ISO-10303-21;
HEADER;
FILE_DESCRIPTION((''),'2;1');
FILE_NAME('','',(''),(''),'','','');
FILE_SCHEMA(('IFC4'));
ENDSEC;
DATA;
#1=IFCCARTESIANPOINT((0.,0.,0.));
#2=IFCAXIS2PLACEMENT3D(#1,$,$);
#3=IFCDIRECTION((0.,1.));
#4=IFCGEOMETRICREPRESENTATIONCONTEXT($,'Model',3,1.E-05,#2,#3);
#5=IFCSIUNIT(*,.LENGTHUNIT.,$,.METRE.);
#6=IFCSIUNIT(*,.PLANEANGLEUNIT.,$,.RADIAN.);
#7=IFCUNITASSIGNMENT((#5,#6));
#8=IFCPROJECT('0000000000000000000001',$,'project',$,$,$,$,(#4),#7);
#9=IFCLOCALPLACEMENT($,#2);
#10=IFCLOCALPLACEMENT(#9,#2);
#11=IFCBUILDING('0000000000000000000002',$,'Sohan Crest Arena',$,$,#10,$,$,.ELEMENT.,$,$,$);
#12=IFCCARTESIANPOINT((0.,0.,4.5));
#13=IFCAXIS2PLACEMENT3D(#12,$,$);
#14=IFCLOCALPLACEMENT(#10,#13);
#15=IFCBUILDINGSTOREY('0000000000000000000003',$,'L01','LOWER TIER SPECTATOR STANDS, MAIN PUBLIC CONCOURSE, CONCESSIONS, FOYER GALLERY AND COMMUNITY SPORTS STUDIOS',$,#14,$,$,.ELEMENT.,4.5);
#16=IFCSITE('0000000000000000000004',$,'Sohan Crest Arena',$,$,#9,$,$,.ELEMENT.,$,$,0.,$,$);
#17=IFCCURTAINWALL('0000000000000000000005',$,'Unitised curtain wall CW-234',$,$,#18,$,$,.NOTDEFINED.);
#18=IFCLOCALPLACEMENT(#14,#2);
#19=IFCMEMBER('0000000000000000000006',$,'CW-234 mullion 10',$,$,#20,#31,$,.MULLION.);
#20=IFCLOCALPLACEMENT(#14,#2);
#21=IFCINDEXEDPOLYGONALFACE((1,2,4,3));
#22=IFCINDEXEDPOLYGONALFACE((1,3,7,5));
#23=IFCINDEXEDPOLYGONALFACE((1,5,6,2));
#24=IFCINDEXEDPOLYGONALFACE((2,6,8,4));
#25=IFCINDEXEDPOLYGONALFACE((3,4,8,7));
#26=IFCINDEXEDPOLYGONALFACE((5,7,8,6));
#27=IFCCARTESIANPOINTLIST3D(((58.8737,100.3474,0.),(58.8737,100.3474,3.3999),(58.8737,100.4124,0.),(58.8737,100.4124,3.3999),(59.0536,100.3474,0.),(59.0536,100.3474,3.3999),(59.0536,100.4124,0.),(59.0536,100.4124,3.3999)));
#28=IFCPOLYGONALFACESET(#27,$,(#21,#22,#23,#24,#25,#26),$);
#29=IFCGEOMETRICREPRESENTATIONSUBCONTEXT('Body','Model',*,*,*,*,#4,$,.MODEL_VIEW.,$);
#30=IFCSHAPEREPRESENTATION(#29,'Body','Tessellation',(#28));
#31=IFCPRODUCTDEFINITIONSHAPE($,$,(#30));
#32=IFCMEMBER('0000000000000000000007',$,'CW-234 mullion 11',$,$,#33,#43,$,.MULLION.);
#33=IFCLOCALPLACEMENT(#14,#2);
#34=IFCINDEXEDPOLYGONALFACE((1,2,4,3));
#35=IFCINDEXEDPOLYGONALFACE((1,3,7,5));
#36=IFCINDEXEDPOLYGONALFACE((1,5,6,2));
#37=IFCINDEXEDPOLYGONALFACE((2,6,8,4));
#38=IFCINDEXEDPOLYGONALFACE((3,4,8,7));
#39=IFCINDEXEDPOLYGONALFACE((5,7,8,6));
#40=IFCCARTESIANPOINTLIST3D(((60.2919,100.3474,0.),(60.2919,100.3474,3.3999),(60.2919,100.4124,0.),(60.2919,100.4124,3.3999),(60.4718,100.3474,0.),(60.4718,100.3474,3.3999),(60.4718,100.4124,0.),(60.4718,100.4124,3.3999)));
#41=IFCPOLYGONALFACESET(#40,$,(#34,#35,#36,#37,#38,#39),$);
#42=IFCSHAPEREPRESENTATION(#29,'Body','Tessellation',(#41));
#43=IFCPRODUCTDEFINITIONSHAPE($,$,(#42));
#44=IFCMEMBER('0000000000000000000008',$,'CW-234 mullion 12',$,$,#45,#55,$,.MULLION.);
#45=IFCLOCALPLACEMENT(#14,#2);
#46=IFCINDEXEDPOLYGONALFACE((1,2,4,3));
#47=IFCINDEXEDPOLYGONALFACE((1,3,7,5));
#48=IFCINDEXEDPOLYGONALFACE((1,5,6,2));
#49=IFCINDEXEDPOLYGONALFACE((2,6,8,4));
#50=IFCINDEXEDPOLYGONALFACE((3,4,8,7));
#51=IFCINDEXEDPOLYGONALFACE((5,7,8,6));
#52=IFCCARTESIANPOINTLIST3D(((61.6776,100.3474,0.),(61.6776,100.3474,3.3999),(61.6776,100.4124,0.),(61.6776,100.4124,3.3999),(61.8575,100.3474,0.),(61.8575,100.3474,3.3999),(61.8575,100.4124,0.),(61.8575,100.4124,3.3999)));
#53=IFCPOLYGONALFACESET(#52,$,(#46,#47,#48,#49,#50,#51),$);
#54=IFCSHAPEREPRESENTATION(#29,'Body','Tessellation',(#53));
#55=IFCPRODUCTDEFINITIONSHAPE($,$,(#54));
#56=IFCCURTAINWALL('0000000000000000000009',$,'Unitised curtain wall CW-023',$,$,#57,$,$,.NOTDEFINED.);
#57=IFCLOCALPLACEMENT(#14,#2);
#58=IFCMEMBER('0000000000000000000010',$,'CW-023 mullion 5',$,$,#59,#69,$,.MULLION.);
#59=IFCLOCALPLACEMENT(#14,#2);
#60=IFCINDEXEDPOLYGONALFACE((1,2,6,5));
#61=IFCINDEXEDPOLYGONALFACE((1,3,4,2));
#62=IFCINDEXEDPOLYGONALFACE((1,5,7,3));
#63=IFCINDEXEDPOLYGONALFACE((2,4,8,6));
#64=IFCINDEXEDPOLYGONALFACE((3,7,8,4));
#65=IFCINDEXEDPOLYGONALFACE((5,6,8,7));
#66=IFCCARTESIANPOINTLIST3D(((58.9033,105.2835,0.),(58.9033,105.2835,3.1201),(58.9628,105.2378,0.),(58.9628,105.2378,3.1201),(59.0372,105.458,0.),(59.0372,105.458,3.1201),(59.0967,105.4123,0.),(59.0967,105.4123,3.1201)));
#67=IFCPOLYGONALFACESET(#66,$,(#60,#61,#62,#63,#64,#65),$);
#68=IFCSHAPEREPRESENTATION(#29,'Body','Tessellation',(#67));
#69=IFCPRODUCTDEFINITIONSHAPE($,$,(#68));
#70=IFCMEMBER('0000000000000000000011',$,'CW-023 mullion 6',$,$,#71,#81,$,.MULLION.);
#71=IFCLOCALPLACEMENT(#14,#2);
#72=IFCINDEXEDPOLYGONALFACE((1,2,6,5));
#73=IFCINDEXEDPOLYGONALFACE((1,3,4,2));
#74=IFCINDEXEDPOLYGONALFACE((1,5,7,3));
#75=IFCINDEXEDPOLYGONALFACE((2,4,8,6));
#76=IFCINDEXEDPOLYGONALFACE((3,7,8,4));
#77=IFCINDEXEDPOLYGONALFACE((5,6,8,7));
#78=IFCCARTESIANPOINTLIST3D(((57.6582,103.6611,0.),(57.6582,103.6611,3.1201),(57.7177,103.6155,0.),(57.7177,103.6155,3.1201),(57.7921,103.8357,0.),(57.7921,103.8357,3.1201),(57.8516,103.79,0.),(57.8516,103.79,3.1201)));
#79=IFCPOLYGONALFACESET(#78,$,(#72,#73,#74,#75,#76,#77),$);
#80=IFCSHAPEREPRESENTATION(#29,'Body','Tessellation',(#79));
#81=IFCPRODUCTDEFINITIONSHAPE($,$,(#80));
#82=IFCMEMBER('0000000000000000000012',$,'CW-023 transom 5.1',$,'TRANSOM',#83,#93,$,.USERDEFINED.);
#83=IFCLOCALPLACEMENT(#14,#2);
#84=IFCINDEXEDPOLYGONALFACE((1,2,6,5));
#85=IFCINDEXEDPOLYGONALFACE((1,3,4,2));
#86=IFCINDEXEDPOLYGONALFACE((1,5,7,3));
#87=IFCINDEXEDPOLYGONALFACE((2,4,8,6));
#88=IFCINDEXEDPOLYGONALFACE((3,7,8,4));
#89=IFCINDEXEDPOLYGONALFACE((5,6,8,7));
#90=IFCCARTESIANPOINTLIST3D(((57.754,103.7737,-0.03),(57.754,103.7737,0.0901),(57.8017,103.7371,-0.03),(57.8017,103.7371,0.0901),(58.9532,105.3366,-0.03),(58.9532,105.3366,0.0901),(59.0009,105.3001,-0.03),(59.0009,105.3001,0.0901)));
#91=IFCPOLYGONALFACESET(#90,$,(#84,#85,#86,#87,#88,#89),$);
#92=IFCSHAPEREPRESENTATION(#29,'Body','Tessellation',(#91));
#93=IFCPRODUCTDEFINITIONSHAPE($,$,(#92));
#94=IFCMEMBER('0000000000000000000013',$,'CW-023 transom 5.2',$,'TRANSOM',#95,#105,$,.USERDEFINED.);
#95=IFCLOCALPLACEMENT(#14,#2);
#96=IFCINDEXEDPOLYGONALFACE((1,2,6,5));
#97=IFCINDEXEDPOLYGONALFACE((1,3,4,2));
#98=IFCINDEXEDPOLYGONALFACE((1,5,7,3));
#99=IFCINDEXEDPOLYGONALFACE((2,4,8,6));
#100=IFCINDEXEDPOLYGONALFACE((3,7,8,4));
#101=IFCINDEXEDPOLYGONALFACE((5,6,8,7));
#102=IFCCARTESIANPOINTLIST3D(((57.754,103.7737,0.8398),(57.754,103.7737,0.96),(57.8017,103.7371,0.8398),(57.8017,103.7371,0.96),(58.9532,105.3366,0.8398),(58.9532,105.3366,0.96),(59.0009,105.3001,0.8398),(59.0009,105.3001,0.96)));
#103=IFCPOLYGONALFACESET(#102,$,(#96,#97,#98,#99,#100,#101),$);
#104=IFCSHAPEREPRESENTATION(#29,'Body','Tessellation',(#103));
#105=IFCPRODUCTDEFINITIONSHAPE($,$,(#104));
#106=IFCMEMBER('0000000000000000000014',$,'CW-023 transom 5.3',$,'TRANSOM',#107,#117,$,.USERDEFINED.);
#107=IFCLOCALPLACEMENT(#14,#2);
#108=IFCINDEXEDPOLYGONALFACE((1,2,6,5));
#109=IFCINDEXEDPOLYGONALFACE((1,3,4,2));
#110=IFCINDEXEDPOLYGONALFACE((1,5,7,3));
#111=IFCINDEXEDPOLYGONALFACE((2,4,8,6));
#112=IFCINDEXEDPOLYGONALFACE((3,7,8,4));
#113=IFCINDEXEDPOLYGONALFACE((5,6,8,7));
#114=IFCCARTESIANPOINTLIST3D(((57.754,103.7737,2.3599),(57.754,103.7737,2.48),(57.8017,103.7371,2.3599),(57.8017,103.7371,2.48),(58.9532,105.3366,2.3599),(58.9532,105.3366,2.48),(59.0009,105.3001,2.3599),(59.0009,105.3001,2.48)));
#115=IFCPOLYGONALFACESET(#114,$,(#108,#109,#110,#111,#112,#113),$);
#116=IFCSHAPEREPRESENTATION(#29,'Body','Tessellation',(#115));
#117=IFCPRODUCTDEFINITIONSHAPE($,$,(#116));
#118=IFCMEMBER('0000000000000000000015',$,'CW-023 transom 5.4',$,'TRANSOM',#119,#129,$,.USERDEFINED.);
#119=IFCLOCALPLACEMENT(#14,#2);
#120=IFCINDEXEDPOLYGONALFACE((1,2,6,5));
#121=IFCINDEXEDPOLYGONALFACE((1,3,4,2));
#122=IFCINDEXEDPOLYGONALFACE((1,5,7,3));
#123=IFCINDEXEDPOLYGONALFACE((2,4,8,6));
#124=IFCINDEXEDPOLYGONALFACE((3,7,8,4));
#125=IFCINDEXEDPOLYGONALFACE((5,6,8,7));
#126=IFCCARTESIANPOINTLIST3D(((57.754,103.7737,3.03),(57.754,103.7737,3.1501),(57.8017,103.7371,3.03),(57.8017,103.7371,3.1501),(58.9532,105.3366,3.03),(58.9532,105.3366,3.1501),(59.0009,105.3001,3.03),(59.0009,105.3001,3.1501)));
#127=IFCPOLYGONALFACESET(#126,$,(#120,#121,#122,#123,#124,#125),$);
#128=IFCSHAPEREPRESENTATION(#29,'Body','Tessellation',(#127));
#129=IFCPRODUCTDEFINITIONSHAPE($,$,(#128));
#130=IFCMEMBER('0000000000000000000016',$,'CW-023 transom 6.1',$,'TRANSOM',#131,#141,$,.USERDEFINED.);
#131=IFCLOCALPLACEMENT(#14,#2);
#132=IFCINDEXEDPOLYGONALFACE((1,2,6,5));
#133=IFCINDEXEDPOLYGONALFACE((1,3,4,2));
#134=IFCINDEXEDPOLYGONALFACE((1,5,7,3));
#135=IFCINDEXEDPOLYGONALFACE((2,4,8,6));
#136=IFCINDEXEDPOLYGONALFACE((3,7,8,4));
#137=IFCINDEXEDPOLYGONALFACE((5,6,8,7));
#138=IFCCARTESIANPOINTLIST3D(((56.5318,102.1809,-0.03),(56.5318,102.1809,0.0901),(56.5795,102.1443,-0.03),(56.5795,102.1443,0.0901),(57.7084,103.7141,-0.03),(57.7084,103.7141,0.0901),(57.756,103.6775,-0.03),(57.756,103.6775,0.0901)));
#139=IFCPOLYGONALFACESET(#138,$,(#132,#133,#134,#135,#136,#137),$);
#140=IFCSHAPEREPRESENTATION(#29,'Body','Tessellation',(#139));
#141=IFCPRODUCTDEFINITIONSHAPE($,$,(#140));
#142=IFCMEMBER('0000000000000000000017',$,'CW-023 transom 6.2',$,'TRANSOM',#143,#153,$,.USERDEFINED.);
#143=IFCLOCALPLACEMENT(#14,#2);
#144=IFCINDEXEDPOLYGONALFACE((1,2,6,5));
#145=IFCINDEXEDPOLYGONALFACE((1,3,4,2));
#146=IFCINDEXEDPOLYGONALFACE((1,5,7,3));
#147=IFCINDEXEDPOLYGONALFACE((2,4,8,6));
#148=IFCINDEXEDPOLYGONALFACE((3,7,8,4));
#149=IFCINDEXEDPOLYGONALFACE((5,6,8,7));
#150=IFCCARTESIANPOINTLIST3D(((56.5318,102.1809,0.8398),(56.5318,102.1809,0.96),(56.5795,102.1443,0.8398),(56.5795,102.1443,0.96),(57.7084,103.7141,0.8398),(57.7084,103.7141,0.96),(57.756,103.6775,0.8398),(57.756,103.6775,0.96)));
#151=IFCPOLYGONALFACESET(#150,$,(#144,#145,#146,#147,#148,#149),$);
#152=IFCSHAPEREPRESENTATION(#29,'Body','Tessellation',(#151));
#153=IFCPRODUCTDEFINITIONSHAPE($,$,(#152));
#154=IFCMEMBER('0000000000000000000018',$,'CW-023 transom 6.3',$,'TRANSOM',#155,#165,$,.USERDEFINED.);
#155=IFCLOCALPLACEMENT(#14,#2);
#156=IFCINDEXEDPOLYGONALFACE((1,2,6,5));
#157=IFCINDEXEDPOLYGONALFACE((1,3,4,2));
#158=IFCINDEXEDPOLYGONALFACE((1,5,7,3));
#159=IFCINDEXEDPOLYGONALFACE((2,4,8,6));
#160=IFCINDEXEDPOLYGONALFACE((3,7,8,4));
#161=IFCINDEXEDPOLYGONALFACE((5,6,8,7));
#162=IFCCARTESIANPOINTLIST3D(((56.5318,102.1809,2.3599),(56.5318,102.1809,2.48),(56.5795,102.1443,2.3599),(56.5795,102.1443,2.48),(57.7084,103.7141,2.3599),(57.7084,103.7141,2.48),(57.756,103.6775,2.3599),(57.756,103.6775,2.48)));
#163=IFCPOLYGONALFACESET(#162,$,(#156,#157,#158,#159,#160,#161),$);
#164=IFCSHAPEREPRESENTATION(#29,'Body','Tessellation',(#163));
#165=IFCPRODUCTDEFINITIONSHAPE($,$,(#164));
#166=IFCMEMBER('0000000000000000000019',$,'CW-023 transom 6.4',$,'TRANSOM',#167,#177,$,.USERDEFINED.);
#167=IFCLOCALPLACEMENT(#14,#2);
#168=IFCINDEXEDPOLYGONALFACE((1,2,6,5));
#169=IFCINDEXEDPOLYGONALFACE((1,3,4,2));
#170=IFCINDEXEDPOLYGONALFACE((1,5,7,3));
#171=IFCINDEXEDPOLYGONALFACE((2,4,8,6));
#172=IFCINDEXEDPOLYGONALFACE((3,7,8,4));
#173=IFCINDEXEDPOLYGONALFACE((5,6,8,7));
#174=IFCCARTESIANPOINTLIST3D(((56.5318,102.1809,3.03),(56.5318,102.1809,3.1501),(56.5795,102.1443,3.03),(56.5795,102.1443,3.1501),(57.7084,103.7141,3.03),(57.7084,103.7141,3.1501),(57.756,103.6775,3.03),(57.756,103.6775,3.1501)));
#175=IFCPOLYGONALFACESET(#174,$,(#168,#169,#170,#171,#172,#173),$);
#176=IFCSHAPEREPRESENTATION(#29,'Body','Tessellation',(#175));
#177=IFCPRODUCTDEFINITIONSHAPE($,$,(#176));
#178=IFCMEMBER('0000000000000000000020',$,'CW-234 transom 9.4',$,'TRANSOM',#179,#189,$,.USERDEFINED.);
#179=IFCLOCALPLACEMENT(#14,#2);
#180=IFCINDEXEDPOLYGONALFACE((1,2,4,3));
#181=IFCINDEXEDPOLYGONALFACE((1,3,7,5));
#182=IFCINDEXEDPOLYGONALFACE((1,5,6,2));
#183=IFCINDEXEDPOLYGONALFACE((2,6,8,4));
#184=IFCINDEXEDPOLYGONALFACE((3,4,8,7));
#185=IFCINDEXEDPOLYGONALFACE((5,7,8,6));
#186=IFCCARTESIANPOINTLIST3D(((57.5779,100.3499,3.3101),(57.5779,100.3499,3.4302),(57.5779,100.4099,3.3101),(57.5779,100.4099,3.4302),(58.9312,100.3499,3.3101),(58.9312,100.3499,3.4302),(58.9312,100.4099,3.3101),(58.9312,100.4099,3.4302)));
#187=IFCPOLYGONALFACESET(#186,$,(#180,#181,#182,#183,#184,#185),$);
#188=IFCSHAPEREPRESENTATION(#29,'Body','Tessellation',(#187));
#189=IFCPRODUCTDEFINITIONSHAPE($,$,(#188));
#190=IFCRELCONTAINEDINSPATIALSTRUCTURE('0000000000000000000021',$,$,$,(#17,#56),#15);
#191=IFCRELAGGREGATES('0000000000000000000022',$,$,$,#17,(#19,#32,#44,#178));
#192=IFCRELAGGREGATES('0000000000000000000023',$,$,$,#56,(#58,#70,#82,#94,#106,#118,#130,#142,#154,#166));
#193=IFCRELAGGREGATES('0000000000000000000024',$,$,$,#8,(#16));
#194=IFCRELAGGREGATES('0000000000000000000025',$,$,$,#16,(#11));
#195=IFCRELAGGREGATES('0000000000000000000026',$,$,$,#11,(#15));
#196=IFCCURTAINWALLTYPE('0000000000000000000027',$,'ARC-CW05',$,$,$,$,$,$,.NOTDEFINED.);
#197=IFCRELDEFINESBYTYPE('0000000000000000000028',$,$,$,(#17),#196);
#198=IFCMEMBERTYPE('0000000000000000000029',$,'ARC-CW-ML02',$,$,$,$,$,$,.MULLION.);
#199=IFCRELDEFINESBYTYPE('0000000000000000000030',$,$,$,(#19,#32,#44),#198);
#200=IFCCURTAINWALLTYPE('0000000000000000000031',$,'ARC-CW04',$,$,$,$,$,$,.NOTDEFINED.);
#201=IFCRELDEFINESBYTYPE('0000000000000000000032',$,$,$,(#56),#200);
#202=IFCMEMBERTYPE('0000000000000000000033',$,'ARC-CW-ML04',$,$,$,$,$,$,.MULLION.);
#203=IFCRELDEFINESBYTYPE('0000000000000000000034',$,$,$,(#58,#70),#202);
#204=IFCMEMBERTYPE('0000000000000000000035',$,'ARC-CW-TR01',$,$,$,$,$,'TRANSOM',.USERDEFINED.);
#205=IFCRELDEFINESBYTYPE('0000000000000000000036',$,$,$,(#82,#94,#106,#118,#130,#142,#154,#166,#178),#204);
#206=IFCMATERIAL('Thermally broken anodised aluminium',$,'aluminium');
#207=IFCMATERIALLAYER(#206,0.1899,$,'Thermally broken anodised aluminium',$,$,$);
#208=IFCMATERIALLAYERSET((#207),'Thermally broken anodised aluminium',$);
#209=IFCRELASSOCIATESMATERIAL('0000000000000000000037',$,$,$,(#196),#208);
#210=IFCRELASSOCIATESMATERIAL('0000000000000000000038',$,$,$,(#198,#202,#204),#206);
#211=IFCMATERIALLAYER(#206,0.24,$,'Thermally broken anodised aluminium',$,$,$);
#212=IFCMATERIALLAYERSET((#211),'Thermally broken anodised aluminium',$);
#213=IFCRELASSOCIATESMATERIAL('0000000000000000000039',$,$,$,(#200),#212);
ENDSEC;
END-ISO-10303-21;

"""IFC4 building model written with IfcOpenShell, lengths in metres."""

from ifc_helpers import new_model, si_unit, direction, frame, origin, origin_2d, place, context, subcontext, project, spatial, rectangle, extrude, material, layer, layer_set, material_profile, profile_set, type_object, element, aggregate, save


model = new_model("IFC4")

# Units and contexts
model_context = context("Model", 3, precision=1e-05, world=origin(), true_north=direction((0.0, 1.0)))
body_context = subcontext(model_context, "Body", "Model", "MODEL_VIEW")
ifc_project = project(units=[si_unit("LENGTHUNIT", "METRE"), si_unit("PLANEANGLEUNIT", "RADIAN")], contexts=[model_context])

# Site, building, storey
site_placement = place(None, origin())
site = spatial("IfcSite", under=ifc_project, at=site_placement, Name="Sohan Crest Arena", CompositionType="ELEMENT", RefElevation=0.0)
building_placement = place(site_placement, origin())
building = spatial("IfcBuilding", under=site, at=building_placement, Name="Sohan Crest Arena", CompositionType="ELEMENT")
storey_placement = place(building_placement, frame((0.0, 0.0, 4.5)))
storey = spatial("IfcBuildingStorey", under=building, at=storey_placement, Name="L01", Description="LOWER TIER SPECTATOR STANDS, MAIN PUBLIC CONCOURSE, CONCESSIONS, FOYER GALLERY AND COMMUNITY SPORTS STUDIOS", CompositionType="ELEMENT", Elevation=4.5)

# Curtain walls, members
ifc_material_1 = material(Name="Thermally broken anodised aluminium", Category="aluminium")
ifc_layer_1 = layer(ifc_material_1, 0.1899, Name="Thermally broken anodised aluminium")
ifc_layer_set_1 = layer_set([ifc_layer_1], Name="Thermally broken anodised aluminium")
curtain_wall_type_1 = type_object("IfcCurtainWallType", Name="ARC-CW05", PredefinedType="NOTDEFINED", material=ifc_layer_set_1)
curtain_wall_1_placement = place(storey_placement, origin())
curtain_wall_1 = element("IfcCurtainWall", 1, at=curtain_wall_1_placement, inside=storey, type_object=curtain_wall_type_1, Name="Unitised curtain wall CW-234", PredefinedType="NOTDEFINED")
ifc_material_profile_1 = material_profile(ifc_material_1, rectangle(XDim=0.0649, YDim=0.1799, at=origin_2d()), Name="ALU-MULL 65x180")
ifc_profile_set_1 = profile_set([ifc_material_profile_1], Name="Thermally broken anodised aluminium")
member_type_1 = type_object("IfcMemberType", Name="ARC-CW-ML02", PredefinedType="MULLION", material=ifc_profile_set_1)
member_1_placement = place(storey_placement, frame((58.9636, 100.3799, 0.0), z_axis=(0.0, 0.0, 1.0), x_axis=(0.0, 1.0, 0.0)))
member_1 = element("IfcMember", 2, at=member_1_placement, type_object=member_type_1, Name="CW-234 mullion 10", PredefinedType="MULLION", context=body_context, shape_type="SweptSolid", body=[
    extrude(rectangle(XDim=0.0649, YDim=0.1799, at=origin_2d()), origin(), (0.0, 0.0, 1.0), 3.3999),
])
member_2_placement = place(storey_placement, frame((60.3818, 100.3799, 0.0), z_axis=(0.0, 0.0, 1.0), x_axis=(0.0, 1.0, 0.0)))
member_2 = element("IfcMember", 3, at=member_2_placement, type_object=member_type_1, Name="CW-234 mullion 11", PredefinedType="MULLION", context=body_context, shape_type="SweptSolid", body=[
    extrude(rectangle(XDim=0.0649, YDim=0.1799, at=origin_2d()), origin(), (0.0, 0.0, 1.0), 3.3999),
])
member_3_placement = place(storey_placement, frame((61.7676, 100.3799, 0.0), z_axis=(0.0, 0.0, 1.0), x_axis=(0.0, 1.0, 0.0)))
member_3 = element("IfcMember", 4, at=member_3_placement, type_object=member_type_1, Name="CW-234 mullion 12", PredefinedType="MULLION", context=body_context, shape_type="SweptSolid", body=[
    extrude(rectangle(XDim=0.0649, YDim=0.1799, at=origin_2d()), origin(), (0.0, 0.0, 1.0), 3.3999),
])
ifc_layer_2 = layer(ifc_material_1, 0.24, Name="Thermally broken anodised aluminium")
ifc_layer_set_2 = layer_set([ifc_layer_2], Name="Thermally broken anodised aluminium")
curtain_wall_type_2 = type_object("IfcCurtainWallType", Name="ARC-CW04", PredefinedType="NOTDEFINED", material=ifc_layer_set_2)
curtain_wall_2_placement = place(storey_placement, origin())
curtain_wall_2 = element("IfcCurtainWall", 5, at=curtain_wall_2_placement, inside=storey, type_object=curtain_wall_type_2, Name="Unitised curtain wall CW-023", PredefinedType="NOTDEFINED")
ifc_material_profile_2 = material_profile(ifc_material_1, rectangle(XDim=0.075, YDim=0.22, at=origin_2d()), Name="ALU-MULL 75x220")
ifc_profile_set_2 = profile_set([ifc_material_profile_2], Name="Thermally broken anodised aluminium")
member_type_2 = type_object("IfcMemberType", Name="ARC-CW-ML04", PredefinedType="MULLION", material=ifc_profile_set_2)
member_4_placement = place(storey_placement, frame((59.0, 105.3479, 0.0), z_axis=(0.0, 0.0, 1.0), x_axis=(0.793351, -0.608765, 0.0)))
member_4 = element("IfcMember", 6, at=member_4_placement, type_object=member_type_2, Name="CW-023 mullion 5", PredefinedType="MULLION", context=body_context, shape_type="SweptSolid", body=[
    extrude(rectangle(XDim=0.075, YDim=0.22, at=origin_2d()), origin(), (0.0, 0.0, 1.0), 3.1201),
])
member_5_placement = place(storey_placement, frame((57.7549, 103.7256, 0.0), z_axis=(0.0, 0.0, 1.0), x_axis=(0.793351, -0.608765, 0.0)))
member_5 = element("IfcMember", 7, at=member_5_placement, type_object=member_type_2, Name="CW-023 mullion 6", PredefinedType="MULLION", context=body_context, shape_type="SweptSolid", body=[
    extrude(rectangle(XDim=0.075, YDim=0.22, at=origin_2d()), origin(), (0.0, 0.0, 1.0), 3.1201),
])
ifc_material_profile_3 = material_profile(ifc_material_1, rectangle(XDim=0.0601, YDim=0.1201, at=origin_2d()), Name="ALU-TRAN 60x120")
ifc_profile_set_3 = profile_set([ifc_material_profile_3], Name="Thermally broken anodised aluminium")
member_type_3 = type_object("IfcMemberType", Name="ARC-CW-TR01", ElementType="TRANSOM", PredefinedType="USERDEFINED", material=ifc_profile_set_3)
member_6_placement = place(storey_placement, frame((58.9771, 105.3184, 0.03), z_axis=(-0.608728, -0.793379, 0.0), x_axis=(0.793379, -0.608728, 0.0)))
member_6 = element("IfcMember", 8, at=member_6_placement, type_object=member_type_3, Name="CW-023 transom 5.1", ObjectType="TRANSOM", PredefinedType="USERDEFINED", context=body_context, shape_type="SweptSolid", body=[
    extrude(rectangle(XDim=0.0601, YDim=0.1201, at=origin_2d()), origin(), (0.0, 0.0, 1.0), 1.97),
])
member_7_placement = place(storey_placement, frame((58.9771, 105.3184, 0.8999), z_axis=(-0.608728, -0.793379, 0.0), x_axis=(0.793379, -0.608728, 0.0)))
member_7 = element("IfcMember", 9, at=member_7_placement, type_object=member_type_3, Name="CW-023 transom 5.2", ObjectType="TRANSOM", PredefinedType="USERDEFINED", context=body_context, shape_type="SweptSolid", body=[
    extrude(rectangle(XDim=0.0601, YDim=0.1201, at=origin_2d()), origin(), (0.0, 0.0, 1.0), 1.97),
])
member_8_placement = place(storey_placement, frame((58.9771, 105.3184, 2.4199), z_axis=(-0.608728, -0.793379, 0.0), x_axis=(0.793379, -0.608728, 0.0)))
member_8 = element("IfcMember", 10, at=member_8_placement, type_object=member_type_3, Name="CW-023 transom 5.3", ObjectType="TRANSOM", PredefinedType="USERDEFINED", context=body_context, shape_type="SweptSolid", body=[
    extrude(rectangle(XDim=0.0601, YDim=0.1201, at=origin_2d()), origin(), (0.0, 0.0, 1.0), 1.97),
])
member_9_placement = place(storey_placement, frame((58.9771, 105.3184, 3.0901), z_axis=(-0.608728, -0.793379, 0.0), x_axis=(0.793379, -0.608728, 0.0)))
member_9 = element("IfcMember", 11, at=member_9_placement, type_object=member_type_3, Name="CW-023 transom 5.4", ObjectType="TRANSOM", PredefinedType="USERDEFINED", context=body_context, shape_type="SweptSolid", body=[
    extrude(rectangle(XDim=0.0601, YDim=0.1201, at=origin_2d()), origin(), (0.0, 0.0, 1.0), 1.97),
])
member_10_placement = place(storey_placement, frame((57.7322, 103.6958, 0.03), z_axis=(-0.608776, -0.793342, 0.0), x_axis=(0.793342, -0.608776, 0.0)))
member_10 = element("IfcMember", 12, at=member_10_placement, type_object=member_type_3, Name="CW-023 transom 6.1", ObjectType="TRANSOM", PredefinedType="USERDEFINED", context=body_context, shape_type="SweptSolid", body=[
    extrude(rectangle(XDim=0.0601, YDim=0.1201, at=origin_2d()), origin(), (0.0, 0.0, 1.0), 1.9326),
])
member_11_placement = place(storey_placement, frame((57.7322, 103.6958, 0.8999), z_axis=(-0.608776, -0.793342, 0.0), x_axis=(0.793342, -0.608776, 0.0)))
member_11 = element("IfcMember", 13, at=member_11_placement, type_object=member_type_3, Name="CW-023 transom 6.2", ObjectType="TRANSOM", PredefinedType="USERDEFINED", context=body_context, shape_type="SweptSolid", body=[
    extrude(rectangle(XDim=0.0601, YDim=0.1201, at=origin_2d()), origin(), (0.0, 0.0, 1.0), 1.9326),
])
member_12_placement = place(storey_placement, frame((57.7322, 103.6958, 2.4199), z_axis=(-0.608776, -0.793342, 0.0), x_axis=(0.793342, -0.608776, 0.0)))
member_12 = element("IfcMember", 14, at=member_12_placement, type_object=member_type_3, Name="CW-023 transom 6.3", ObjectType="TRANSOM", PredefinedType="USERDEFINED", context=body_context, shape_type="SweptSolid", body=[
    extrude(rectangle(XDim=0.0601, YDim=0.1201, at=origin_2d()), origin(), (0.0, 0.0, 1.0), 1.9326),
])
member_13_placement = place(storey_placement, frame((57.7322, 103.6958, 3.0901), z_axis=(-0.608776, -0.793342, 0.0), x_axis=(0.793342, -0.608776, 0.0)))
member_13 = element("IfcMember", 15, at=member_13_placement, type_object=member_type_3, Name="CW-023 transom 6.4", ObjectType="TRANSOM", PredefinedType="USERDEFINED", context=body_context, shape_type="SweptSolid", body=[
    extrude(rectangle(XDim=0.0601, YDim=0.1201, at=origin_2d()), origin(), (0.0, 0.0, 1.0), 1.9326),
])

# Member
member_14_placement = place(storey_placement, frame((57.5779, 100.3799, 3.3701), z_axis=(1.0, 0.0, 0.0), x_axis=(0.0, 1.0, 0.0)))
member_14 = element("IfcMember", 16, at=member_14_placement, type_object=member_type_3, Name="CW-234 transom 9.4", ObjectType="TRANSOM", PredefinedType="USERDEFINED", context=body_context, shape_type="SweptSolid", body=[
    extrude(rectangle(XDim=0.0601, YDim=0.1201, at=origin_2d()), origin(), (0.0, 0.0, 1.0), 1.3533),
])

aggregate(curtain_wall_1, [member_1, member_2, member_3, member_14])
aggregate(curtain_wall_2, [member_4, member_5, member_6, member_7, member_8, member_9, member_10, member_11, member_12, member_13])

save(model, "model.ifc")
